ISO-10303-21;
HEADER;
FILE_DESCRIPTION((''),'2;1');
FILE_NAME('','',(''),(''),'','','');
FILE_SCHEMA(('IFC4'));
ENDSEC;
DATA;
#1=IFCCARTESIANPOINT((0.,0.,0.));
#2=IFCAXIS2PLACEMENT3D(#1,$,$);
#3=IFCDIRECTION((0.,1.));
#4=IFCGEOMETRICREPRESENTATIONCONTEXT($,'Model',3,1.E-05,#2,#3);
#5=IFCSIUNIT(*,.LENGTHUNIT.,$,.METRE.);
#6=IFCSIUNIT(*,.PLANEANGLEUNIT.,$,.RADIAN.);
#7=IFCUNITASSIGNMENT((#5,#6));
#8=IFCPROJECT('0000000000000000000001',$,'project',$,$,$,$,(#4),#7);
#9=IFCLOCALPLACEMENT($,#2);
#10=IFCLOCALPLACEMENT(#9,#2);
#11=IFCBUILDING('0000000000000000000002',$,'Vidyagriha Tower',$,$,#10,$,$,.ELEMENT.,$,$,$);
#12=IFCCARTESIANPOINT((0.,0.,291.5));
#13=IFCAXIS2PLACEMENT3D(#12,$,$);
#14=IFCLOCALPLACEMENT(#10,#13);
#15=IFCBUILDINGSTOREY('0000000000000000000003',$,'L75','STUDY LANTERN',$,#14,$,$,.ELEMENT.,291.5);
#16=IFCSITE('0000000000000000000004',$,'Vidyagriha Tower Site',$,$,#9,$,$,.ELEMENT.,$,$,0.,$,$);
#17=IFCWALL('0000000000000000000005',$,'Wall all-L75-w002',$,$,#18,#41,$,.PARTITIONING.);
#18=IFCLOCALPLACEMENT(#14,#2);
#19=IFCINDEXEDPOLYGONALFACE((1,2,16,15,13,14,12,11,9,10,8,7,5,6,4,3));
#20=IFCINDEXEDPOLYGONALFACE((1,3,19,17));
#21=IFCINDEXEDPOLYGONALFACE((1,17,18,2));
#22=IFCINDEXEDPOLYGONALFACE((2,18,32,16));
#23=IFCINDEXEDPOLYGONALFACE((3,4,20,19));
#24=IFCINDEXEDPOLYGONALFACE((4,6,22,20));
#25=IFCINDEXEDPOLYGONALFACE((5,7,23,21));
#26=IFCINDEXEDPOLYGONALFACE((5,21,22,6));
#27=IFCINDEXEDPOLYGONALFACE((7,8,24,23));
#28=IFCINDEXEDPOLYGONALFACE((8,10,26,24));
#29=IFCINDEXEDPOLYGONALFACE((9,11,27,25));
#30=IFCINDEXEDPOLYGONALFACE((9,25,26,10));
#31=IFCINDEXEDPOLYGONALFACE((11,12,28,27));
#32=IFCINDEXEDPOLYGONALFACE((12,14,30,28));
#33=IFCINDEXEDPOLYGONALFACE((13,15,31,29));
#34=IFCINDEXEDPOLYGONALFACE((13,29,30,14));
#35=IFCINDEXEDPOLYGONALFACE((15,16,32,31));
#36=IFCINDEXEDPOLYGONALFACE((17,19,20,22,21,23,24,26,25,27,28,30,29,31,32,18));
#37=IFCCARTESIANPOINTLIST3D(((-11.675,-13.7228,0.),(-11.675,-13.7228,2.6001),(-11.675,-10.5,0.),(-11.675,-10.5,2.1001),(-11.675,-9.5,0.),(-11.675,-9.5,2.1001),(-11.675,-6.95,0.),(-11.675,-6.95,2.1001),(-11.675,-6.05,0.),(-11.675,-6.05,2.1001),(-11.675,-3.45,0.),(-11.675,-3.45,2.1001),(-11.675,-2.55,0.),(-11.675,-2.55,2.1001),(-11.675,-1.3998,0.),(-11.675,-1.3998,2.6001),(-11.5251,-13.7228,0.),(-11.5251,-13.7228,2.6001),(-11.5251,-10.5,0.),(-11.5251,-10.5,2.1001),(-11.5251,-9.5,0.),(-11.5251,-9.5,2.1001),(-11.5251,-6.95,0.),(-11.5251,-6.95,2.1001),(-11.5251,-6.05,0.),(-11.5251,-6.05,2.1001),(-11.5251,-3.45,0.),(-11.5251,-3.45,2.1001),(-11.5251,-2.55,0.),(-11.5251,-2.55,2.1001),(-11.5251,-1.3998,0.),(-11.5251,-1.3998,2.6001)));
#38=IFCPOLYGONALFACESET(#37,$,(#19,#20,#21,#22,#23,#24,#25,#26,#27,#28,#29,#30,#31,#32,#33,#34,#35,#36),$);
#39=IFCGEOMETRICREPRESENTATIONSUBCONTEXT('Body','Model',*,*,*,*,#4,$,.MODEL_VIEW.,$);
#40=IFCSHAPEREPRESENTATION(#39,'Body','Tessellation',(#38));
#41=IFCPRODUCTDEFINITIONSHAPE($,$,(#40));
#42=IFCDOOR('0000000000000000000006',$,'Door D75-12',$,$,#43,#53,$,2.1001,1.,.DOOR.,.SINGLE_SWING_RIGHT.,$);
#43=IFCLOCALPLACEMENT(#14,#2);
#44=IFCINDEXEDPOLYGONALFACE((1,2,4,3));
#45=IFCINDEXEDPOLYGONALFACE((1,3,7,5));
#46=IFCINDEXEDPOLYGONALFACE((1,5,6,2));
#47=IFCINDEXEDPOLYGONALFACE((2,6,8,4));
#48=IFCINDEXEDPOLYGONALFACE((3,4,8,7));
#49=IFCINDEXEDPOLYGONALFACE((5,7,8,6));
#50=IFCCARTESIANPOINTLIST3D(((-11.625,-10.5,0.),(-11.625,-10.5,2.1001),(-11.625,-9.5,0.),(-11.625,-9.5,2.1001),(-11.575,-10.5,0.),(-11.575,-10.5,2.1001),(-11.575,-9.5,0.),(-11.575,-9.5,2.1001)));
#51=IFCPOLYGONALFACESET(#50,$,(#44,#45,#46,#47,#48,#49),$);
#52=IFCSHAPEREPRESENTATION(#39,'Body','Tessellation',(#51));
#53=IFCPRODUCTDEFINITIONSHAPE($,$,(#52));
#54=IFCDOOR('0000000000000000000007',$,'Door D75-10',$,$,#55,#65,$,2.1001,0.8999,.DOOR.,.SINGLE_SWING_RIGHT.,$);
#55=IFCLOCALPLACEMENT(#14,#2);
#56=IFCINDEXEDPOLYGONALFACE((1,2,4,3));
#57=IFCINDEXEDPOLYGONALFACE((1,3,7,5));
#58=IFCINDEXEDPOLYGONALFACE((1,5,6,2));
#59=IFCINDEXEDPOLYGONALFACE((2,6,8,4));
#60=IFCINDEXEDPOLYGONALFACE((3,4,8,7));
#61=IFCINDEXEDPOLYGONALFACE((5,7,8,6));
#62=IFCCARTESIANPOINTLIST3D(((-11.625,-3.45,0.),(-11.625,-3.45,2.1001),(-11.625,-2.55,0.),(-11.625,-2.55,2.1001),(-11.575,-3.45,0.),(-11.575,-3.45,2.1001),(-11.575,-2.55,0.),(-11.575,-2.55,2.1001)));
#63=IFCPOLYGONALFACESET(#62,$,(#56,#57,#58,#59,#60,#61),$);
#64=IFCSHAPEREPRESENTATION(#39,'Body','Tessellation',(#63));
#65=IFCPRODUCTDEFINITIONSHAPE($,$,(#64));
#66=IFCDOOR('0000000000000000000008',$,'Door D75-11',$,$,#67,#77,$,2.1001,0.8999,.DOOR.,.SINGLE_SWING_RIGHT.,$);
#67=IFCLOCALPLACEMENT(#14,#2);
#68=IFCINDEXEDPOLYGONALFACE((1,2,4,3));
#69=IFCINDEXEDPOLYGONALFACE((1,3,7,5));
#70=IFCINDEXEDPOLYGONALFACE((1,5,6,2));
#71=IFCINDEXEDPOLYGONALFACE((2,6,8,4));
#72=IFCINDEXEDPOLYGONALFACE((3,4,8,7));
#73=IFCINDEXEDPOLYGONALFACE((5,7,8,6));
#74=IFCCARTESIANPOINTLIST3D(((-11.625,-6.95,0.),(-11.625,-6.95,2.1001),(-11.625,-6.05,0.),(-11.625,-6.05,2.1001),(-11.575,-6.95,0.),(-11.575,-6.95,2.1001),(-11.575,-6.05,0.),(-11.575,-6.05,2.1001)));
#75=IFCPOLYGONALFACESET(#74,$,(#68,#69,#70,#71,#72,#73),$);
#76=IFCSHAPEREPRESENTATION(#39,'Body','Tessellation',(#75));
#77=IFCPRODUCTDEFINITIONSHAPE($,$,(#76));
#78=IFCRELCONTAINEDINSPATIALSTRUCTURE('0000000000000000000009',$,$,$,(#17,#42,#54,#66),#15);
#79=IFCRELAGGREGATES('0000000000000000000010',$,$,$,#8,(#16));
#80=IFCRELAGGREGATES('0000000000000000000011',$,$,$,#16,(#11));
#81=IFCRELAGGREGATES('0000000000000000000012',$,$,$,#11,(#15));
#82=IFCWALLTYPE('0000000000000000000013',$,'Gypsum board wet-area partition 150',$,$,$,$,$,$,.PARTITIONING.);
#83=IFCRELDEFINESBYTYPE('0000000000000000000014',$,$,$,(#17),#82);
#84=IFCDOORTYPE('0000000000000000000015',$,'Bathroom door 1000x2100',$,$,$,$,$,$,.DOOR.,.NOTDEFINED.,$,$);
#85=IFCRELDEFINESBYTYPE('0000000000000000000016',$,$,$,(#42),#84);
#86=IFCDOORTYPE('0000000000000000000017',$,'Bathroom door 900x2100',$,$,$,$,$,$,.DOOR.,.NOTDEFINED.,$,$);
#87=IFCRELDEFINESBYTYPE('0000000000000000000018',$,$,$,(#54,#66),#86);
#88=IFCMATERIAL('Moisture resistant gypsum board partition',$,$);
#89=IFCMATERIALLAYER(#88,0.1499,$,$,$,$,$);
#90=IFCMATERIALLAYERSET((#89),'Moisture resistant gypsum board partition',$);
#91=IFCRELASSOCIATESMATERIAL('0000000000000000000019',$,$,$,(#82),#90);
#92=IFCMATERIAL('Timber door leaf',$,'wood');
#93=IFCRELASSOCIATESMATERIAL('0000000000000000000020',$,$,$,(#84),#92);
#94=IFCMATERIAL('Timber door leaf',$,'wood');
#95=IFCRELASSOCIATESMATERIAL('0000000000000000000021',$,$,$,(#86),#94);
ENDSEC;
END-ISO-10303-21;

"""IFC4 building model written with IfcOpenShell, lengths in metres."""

from ifc_helpers import new_model, si_unit, direction, frame, frame_2d, origin, place, context, subcontext, project, spatial, rectangle, extrude, material, layer, layer_set, type_object, element, fill, save


model = new_model("IFC4")

# Units and contexts
model_context = context("Model", 3, precision=1e-05, world=origin(), true_north=direction((0.0, 1.0)))
body_context = subcontext(model_context, "Body", "Model", "MODEL_VIEW")
ifc_project = project(units=[si_unit("LENGTHUNIT", "METRE"), si_unit("PLANEANGLEUNIT", "RADIAN")], contexts=[model_context])

# Site, building, storey
site_placement = place(None, origin())
site = spatial("IfcSite", under=ifc_project, at=site_placement, Name="Vidyagriha Tower Site", CompositionType="ELEMENT", RefElevation=0.0)
building_placement = place(site_placement, origin())
building = spatial("IfcBuilding", under=site, at=building_placement, Name="Vidyagriha Tower", CompositionType="ELEMENT")
storey_placement = place(building_placement, frame((0.0, 0.0, 291.5)))
storey = spatial("IfcBuildingStorey", under=building, at=storey_placement, Name="L75", Description="STUDY LANTERN", CompositionType="ELEMENT", Elevation=291.5)

# Wall, openings, doors
ifc_material_1 = material(Name="Moisture resistant gypsum board partition")
ifc_layer_1 = layer(ifc_material_1, 0.1499)
ifc_layer_set_1 = layer_set([ifc_layer_1], Name="Moisture resistant gypsum board partition")
wall_type = type_object("IfcWallType", Name="Gypsum board wet-area partition 150", PredefinedType="PARTITIONING", material=ifc_layer_set_1)
wall_placement = place(storey_placement, frame((-11.6001, -13.7229, 0.0), z_axis=(0.0, 0.0, 1.0), x_axis=(0.0, 1.0, 0.0)))
wall = element("IfcWall", 1, at=wall_placement, inside=storey, type_object=wall_type, Name="Wall all-L75-w002", PredefinedType="PARTITIONING", context=body_context, shape_type="SweptSolid", body=[
    extrude(rectangle(XDim=12.323, YDim=0.1499, at=frame_2d((6.1616, 0.0))), origin(), (0.0, 0.0, 1.0), 2.6001),
])
opening_1_placement = place(wall_placement, frame((10.2729, 0.0, 0.0)))
opening_1 = element("IfcOpeningElement", 2, at=opening_1_placement, cuts=wall, PredefinedType="OPENING", context=body_context, shape_type="SweptSolid", body=[
    extrude(rectangle(XDim=0.8999, YDim=2.1001, at=frame_2d((0.45, 1.05))), frame((0.0, 0.085, 0.0), z_axis=(0.0, -1.0, 0.0), x_axis=(1.0, 0.0, 0.0)), (0.0, 0.0, 1.0), 0.1699),
])
opening_2_placement = place(wall_placement, frame((6.7729, 0.0, 0.0)))
opening_2 = element("IfcOpeningElement", 3, at=opening_2_placement, cuts=wall, PredefinedType="OPENING", context=body_context, shape_type="SweptSolid", body=[
    extrude(rectangle(XDim=0.8999, YDim=2.1001, at=frame_2d((0.45, 1.05))), frame((0.0, 0.085, 0.0), z_axis=(0.0, -1.0, 0.0), x_axis=(1.0, 0.0, 0.0)), (0.0, 0.0, 1.0), 0.1699),
])
opening_3_placement = place(wall_placement, frame((3.2229, 0.0, 0.0)))
opening_3 = element("IfcOpeningElement", 4, at=opening_3_placement, cuts=wall, PredefinedType="OPENING", context=body_context, shape_type="SweptSolid", body=[
    extrude(rectangle(XDim=1.0, YDim=2.1001, at=frame_2d((0.5, 1.05))), frame((0.0, 0.085, 0.0), z_axis=(0.0, -1.0, 0.0), x_axis=(1.0, 0.0, 0.0)), (0.0, 0.0, 1.0), 0.1699),
])
ifc_material_2 = material(Name="Timber door leaf", Category="wood")
door_type_1 = type_object("IfcDoorType", Name="Bathroom door 1000x2100", OperationType="NOTDEFINED", PredefinedType="DOOR", material=ifc_material_2)
door_1_placement = place(opening_3_placement, origin())
door_1 = element("IfcDoor", 5, at=door_1_placement, inside=storey, type_object=door_type_1, Name="Door D75-12", OperationType="SINGLE_SWING_RIGHT", OverallHeight=2.1001, OverallWidth=1.0, PredefinedType="DOOR", context=body_context, shape_type="SweptSolid", body=[
    extrude(rectangle(XDim=1.0, YDim=2.1001, at=frame_2d((0.5, 1.05))), frame((0.0, 0.0249, 0.0), z_axis=(0.0, -1.0, 0.0), x_axis=(1.0, 0.0, 0.0)), (0.0, 0.0, 1.0), 0.05),
])
fill(opening_3, door_1)
ifc_material_3 = material(Name="Timber door leaf", Category="wood")
door_type_2 = type_object("IfcDoorType", Name="Bathroom door 900x2100", OperationType="NOTDEFINED", PredefinedType="DOOR", material=ifc_material_3)
door_2_placement = place(opening_1_placement, origin())
door_2 = element("IfcDoor", 6, at=door_2_placement, inside=storey, type_object=door_type_2, Name="Door D75-10", OperationType="SINGLE_SWING_RIGHT", OverallHeight=2.1001, OverallWidth=0.8999, PredefinedType="DOOR", context=body_context, shape_type="SweptSolid", body=[
    extrude(rectangle(XDim=0.8999, YDim=2.1001, at=frame_2d((0.45, 1.05))), frame((0.0, 0.0249, 0.0), z_axis=(0.0, -1.0, 0.0), x_axis=(1.0, 0.0, 0.0)), (0.0, 0.0, 1.0), 0.05),
])
fill(opening_1, door_2)
door_3_placement = place(opening_2_placement, origin())
door_3 = element("IfcDoor", 7, at=door_3_placement, inside=storey, type_object=door_type_2, Name="Door D75-11", OperationType="SINGLE_SWING_RIGHT", OverallHeight=2.1001, OverallWidth=0.8999, PredefinedType="DOOR", context=body_context, shape_type="SweptSolid", body=[
    extrude(rectangle(XDim=0.8999, YDim=2.1001, at=frame_2d((0.45, 1.05))), frame((0.0, 0.0249, 0.0), z_axis=(0.0, -1.0, 0.0), x_axis=(1.0, 0.0, 0.0)), (0.0, 0.0, 1.0), 0.05),
])
fill(opening_2, door_3)

save(model, "model.ifc")
